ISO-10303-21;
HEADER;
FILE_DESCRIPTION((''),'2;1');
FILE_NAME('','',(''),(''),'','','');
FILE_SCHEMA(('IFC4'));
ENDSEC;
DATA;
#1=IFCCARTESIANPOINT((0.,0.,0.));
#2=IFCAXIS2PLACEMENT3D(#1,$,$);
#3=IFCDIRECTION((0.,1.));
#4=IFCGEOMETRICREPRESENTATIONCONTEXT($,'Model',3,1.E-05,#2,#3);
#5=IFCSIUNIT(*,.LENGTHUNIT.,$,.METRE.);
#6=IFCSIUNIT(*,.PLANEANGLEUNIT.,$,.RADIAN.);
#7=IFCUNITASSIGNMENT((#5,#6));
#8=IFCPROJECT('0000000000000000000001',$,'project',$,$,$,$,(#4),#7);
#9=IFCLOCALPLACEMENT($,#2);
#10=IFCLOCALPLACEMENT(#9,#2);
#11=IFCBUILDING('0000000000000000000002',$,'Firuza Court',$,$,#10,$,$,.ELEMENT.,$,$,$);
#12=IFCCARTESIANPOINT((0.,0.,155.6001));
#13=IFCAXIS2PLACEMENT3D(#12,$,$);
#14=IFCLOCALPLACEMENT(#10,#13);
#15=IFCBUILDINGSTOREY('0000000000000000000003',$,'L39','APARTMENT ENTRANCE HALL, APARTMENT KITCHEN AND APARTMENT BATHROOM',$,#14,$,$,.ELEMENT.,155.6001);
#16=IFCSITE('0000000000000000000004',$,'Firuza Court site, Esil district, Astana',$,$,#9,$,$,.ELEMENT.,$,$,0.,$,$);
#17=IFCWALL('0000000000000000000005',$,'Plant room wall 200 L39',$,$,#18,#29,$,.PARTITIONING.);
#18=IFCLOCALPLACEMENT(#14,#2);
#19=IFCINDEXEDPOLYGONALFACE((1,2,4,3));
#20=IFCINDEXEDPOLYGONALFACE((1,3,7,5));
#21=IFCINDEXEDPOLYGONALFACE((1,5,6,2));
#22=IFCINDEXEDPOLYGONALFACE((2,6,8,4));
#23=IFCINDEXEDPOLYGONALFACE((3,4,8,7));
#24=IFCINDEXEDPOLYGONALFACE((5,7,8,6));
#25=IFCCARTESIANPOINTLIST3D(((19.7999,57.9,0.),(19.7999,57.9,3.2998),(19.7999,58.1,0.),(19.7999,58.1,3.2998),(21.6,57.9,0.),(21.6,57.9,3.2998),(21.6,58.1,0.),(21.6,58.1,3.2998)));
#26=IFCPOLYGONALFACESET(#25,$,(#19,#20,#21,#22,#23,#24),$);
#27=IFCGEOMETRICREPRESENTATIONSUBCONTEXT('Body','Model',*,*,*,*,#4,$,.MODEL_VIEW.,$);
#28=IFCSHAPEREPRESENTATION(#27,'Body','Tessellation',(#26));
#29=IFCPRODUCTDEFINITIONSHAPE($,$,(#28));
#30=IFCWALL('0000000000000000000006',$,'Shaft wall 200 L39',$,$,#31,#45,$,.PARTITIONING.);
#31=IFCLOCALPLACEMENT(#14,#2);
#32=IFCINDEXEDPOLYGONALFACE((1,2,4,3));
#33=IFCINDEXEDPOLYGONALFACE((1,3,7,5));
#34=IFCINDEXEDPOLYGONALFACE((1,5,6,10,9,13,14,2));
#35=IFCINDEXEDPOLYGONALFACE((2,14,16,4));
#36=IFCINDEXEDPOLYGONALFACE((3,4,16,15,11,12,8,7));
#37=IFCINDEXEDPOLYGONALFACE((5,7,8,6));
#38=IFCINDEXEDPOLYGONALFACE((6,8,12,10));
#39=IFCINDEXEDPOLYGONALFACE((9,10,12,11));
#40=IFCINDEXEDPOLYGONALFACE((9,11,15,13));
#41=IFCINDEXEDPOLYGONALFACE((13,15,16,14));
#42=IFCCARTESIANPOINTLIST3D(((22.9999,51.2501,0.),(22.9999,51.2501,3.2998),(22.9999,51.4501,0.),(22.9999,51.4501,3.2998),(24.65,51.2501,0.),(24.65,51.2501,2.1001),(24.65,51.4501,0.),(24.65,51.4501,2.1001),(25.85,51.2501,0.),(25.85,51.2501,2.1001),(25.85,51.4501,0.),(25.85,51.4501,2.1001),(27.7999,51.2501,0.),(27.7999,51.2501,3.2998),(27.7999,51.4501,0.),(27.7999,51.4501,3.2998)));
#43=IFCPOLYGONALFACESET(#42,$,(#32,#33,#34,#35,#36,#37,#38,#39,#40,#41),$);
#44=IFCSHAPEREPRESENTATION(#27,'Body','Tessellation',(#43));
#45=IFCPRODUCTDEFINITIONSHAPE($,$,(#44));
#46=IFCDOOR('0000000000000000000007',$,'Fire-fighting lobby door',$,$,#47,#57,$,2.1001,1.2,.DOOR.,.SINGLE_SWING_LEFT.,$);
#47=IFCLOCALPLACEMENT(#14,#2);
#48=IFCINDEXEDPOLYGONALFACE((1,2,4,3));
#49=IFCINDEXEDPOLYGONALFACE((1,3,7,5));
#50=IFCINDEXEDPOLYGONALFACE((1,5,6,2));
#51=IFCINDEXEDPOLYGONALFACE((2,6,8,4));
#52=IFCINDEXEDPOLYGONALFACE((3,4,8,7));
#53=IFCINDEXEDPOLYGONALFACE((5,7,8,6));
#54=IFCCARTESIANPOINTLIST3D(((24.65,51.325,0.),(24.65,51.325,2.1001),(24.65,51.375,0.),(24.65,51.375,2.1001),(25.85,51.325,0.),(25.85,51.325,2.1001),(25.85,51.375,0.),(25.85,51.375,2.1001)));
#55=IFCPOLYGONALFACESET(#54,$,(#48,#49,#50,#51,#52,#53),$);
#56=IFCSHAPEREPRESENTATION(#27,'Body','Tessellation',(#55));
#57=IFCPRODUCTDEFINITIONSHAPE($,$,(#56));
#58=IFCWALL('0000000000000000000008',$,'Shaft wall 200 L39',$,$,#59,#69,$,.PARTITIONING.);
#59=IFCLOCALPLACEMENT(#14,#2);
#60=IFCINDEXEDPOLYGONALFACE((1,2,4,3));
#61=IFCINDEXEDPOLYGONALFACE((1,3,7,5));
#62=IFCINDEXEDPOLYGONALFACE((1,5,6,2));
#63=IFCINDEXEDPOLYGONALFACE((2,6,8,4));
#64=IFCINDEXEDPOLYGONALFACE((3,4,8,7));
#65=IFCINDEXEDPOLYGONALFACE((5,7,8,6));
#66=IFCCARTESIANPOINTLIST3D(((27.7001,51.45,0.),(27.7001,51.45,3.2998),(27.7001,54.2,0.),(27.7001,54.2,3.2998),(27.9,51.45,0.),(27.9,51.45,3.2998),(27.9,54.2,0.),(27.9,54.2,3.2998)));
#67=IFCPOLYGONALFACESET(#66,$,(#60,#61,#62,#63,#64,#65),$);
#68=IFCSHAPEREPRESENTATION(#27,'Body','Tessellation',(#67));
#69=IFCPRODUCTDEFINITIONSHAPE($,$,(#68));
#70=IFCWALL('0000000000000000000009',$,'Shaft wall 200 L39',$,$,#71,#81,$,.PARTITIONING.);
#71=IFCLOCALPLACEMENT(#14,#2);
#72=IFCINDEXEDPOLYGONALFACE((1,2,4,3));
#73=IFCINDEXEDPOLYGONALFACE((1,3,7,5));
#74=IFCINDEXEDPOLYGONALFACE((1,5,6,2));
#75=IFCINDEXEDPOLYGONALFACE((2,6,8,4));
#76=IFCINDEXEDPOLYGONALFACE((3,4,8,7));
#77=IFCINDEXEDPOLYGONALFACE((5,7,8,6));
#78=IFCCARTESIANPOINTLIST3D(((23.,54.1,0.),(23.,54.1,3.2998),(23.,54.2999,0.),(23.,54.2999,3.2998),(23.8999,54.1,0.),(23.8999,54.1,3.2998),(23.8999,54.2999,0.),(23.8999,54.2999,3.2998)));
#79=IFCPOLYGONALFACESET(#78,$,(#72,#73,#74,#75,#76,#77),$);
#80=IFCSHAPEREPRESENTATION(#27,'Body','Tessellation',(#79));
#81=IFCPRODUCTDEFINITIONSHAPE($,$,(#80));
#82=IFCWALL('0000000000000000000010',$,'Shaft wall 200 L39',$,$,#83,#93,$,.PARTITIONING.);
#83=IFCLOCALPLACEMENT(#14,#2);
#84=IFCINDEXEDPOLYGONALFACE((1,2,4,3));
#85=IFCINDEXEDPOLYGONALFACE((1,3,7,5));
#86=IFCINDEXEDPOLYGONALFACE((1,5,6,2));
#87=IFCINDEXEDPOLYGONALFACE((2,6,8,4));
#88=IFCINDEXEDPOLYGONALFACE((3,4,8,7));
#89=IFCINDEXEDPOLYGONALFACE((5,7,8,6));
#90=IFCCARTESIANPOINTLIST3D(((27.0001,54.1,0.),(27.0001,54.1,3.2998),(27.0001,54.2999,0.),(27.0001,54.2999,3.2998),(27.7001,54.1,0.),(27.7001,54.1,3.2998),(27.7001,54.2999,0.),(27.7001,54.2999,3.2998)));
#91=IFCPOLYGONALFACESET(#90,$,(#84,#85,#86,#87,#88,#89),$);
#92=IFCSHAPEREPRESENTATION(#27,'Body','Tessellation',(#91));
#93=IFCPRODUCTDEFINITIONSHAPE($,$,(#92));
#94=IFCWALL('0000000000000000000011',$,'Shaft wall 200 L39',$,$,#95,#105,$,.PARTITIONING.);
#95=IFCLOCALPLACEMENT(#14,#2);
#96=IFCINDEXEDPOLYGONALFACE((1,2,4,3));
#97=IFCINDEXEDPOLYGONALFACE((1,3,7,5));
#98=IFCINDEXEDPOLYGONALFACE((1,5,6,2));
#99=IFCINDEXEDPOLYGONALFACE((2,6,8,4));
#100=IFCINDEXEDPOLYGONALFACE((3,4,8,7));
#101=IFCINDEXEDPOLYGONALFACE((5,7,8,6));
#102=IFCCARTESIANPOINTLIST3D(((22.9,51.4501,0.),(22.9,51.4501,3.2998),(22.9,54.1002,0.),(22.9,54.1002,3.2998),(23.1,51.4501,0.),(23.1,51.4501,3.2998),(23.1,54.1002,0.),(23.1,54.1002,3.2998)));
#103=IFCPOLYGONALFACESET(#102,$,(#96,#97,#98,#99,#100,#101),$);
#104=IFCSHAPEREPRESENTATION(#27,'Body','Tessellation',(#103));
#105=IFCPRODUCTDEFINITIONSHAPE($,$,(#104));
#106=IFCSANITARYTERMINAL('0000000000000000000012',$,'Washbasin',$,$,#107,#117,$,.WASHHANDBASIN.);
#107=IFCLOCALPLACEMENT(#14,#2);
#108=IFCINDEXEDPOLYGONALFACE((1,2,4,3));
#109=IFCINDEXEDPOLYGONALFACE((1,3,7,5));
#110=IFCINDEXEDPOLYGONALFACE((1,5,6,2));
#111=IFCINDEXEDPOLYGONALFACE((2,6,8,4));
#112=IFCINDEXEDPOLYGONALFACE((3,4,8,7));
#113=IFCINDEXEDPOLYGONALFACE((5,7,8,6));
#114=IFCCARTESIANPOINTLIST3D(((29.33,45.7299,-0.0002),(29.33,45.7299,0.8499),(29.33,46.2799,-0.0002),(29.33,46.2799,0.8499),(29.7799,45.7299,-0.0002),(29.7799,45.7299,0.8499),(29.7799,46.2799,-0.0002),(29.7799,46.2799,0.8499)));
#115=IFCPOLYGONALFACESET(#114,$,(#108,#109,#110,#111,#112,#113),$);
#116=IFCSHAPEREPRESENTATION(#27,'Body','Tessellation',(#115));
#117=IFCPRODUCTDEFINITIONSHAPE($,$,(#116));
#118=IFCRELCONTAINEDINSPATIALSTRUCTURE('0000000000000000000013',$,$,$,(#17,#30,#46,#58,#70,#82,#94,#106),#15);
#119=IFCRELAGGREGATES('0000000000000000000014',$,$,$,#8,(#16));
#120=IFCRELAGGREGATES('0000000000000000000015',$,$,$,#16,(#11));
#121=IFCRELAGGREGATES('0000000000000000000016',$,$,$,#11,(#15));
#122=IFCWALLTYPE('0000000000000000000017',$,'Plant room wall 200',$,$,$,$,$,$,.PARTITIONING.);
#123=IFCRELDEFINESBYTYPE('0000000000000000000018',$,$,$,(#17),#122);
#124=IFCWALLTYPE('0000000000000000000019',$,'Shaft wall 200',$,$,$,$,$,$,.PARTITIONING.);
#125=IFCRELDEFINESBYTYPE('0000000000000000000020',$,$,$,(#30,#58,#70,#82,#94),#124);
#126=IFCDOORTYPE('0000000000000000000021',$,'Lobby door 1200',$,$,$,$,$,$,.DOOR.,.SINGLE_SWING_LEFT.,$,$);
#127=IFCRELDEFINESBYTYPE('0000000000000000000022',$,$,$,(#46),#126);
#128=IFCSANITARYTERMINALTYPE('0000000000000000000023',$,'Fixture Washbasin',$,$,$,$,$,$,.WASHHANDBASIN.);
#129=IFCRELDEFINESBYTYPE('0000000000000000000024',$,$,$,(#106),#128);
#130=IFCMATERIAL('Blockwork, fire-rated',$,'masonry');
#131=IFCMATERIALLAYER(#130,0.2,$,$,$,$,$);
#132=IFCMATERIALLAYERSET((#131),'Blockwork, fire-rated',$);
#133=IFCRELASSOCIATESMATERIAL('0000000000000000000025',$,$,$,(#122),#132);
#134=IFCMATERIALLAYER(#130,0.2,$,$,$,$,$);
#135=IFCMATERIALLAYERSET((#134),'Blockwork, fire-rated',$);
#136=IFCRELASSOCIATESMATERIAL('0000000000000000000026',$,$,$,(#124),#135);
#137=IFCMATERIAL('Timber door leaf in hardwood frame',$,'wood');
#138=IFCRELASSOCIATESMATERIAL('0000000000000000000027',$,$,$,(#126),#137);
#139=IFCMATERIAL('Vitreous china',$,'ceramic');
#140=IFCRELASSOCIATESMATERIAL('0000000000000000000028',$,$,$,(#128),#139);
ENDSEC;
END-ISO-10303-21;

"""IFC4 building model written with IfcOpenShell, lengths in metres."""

from ifc_helpers import new_model, si_unit, direction, frame, frame_2d, origin, origin_2d, place, context, subcontext, project, spatial, rectangle, extrude, material, layer, layer_set, type_object, element, fill, save


model = new_model("IFC4")

# Units and contexts
model_context = context("Model", 3, precision=1e-05, world=origin(), true_north=direction((0.0, 1.0)))
body_context = subcontext(model_context, "Body", "Model", "MODEL_VIEW")
ifc_project = project(units=[si_unit("LENGTHUNIT", "METRE"), si_unit("PLANEANGLEUNIT", "RADIAN")], contexts=[model_context])

# Site, building, storey
site_placement = place(None, origin())
site = spatial("IfcSite", under=ifc_project, at=site_placement, Name="Firuza Court site, Esil district, Astana", CompositionType="ELEMENT", RefElevation=0.0)
building_placement = place(site_placement, origin())
building = spatial("IfcBuilding", under=site, at=building_placement, Name="Firuza Court", CompositionType="ELEMENT")
storey_placement = place(building_placement, frame((0.0, 0.0, 155.6001)))
storey = spatial("IfcBuildingStorey", under=building, at=storey_placement, Name="L39", Description="APARTMENT ENTRANCE HALL, APARTMENT KITCHEN AND APARTMENT BATHROOM", CompositionType="ELEMENT", Elevation=155.6001)

# Shared definitions
ifc_material_1 = material(Name="Blockwork, fire-rated", Category="masonry")
ifc_layer_1 = layer(ifc_material_1, 0.2)
ifc_layer_set_1 = layer_set([ifc_layer_1], Name="Blockwork, fire-rated")
wall_type_1 = type_object("IfcWallType", Name="Plant room wall 200", PredefinedType="PARTITIONING", material=ifc_layer_set_1)

# Wall
wall_1_placement = place(storey_placement, frame((19.8, 58.0, 0.0), z_axis=(0.0, 0.0, 1.0), x_axis=(1.0, 0.0, 0.0)))
element("IfcWall", 1, at=wall_1_placement, inside=storey, type_object=wall_type_1, Name="Plant room wall 200 L39", PredefinedType="PARTITIONING", context=body_context, shape_type="SweptSolid", body=[
    extrude(rectangle(XDim=1.8, YDim=0.2, at=frame_2d((0.8999, 0.0))), origin(), (0.0, 0.0, 1.0), 3.2998),
])

# Wall, opening, door
ifc_layer_2 = layer(ifc_material_1, 0.2)
ifc_layer_set_2 = layer_set([ifc_layer_2], Name="Blockwork, fire-rated")
wall_type_2 = type_object("IfcWallType", Name="Shaft wall 200", PredefinedType="PARTITIONING", material=ifc_layer_set_2)
wall_2_placement = place(storey_placement, frame((23.0, 51.3501, 0.0), z_axis=(0.0, 0.0, 1.0), x_axis=(1.0, 0.0, 0.0)))
wall_2 = element("IfcWall", 2, at=wall_2_placement, inside=storey, type_object=wall_type_2, Name="Shaft wall 200 L39", PredefinedType="PARTITIONING", context=body_context, shape_type="SweptSolid", body=[
    extrude(rectangle(XDim=4.8, YDim=0.2, at=frame_2d((2.3999, 0.0))), origin(), (0.0, 0.0, 1.0), 3.2998),
])
opening_1_placement = place(wall_2_placement, frame((1.6499, 0.0, 0.0)))
opening_1 = element("IfcOpeningElement", 3, at=opening_1_placement, cuts=wall_2, PredefinedType="OPENING", context=body_context, shape_type="SweptSolid", body=[
    extrude(rectangle(XDim=1.2, YDim=2.1001, at=frame_2d((0.6001, 1.05))), frame((0.0, 0.1118, 0.0), z_axis=(0.0, -1.0, 0.0), x_axis=(1.0, 0.0, 0.0)), (0.0, 0.0, 1.0), 0.2239),
])
ifc_material_2 = material(Name="Timber door leaf in hardwood frame", Category="wood")
door_type_1 = type_object("IfcDoorType", Name="Lobby door 1200", OperationType="SINGLE_SWING_LEFT", PredefinedType="DOOR", material=ifc_material_2)
door_1_placement = place(opening_1_placement, origin())
door_1 = element("IfcDoor", 4, at=door_1_placement, inside=storey, type_object=door_type_1, Name="Fire-fighting lobby door", OperationType="SINGLE_SWING_LEFT", OverallHeight=2.1001, OverallWidth=1.2, PredefinedType="DOOR", context=body_context, shape_type="SweptSolid", body=[
    extrude(rectangle(XDim=1.2, YDim=2.1001, at=frame_2d((0.6001, 1.05))), frame((0.0, 0.0249, 0.0), z_axis=(0.0, -1.0, 0.0), x_axis=(1.0, 0.0, 0.0)), (0.0, 0.0, 1.0), 0.05),
])
fill(opening_1, door_1)

# Walls
wall_3_placement = place(storey_placement, frame((27.8, 51.45, 0.0), z_axis=(0.0, 0.0, 1.0), x_axis=(0.0, 1.0, 0.0)))
element("IfcWall", 5, at=wall_3_placement, inside=storey, type_object=wall_type_2, Name="Shaft wall 200 L39", PredefinedType="PARTITIONING", context=body_context, shape_type="SweptSolid", body=[
    extrude(rectangle(XDim=2.75, YDim=0.2, at=frame_2d((1.375, 0.0))), origin(), (0.0, 0.0, 1.0), 3.2998),
])
wall_4_placement = place(storey_placement, frame((23.0, 54.2, 0.0), z_axis=(0.0, 0.0, 1.0), x_axis=(1.0, 0.0, 0.0)))
element("IfcWall", 6, at=wall_4_placement, inside=storey, type_object=wall_type_2, Name="Shaft wall 200 L39", PredefinedType="PARTITIONING", context=body_context, shape_type="SweptSolid", body=[
    extrude(rectangle(XDim=0.8999, YDim=0.2, at=frame_2d((0.45, 0.0))), origin(), (0.0, 0.0, 1.0), 3.2998),
])
wall_5_placement = place(storey_placement, frame((27.0, 54.2, 0.0), z_axis=(0.0, 0.0, 1.0), x_axis=(1.0, 0.0, 0.0)))
element("IfcWall", 7, at=wall_5_placement, inside=storey, type_object=wall_type_2, Name="Shaft wall 200 L39", PredefinedType="PARTITIONING", context=body_context, shape_type="SweptSolid", body=[
    extrude(rectangle(XDim=0.7, YDim=0.2, at=frame_2d((0.3501, 0.0))), origin(), (0.0, 0.0, 1.0), 3.2998),
])
wall_6_placement = place(storey_placement, frame((23.0, 51.45, 0.0), z_axis=(0.0, 0.0, 1.0), x_axis=(0.0, 1.0, 0.0)))
element("IfcWall", 8, at=wall_6_placement, inside=storey, type_object=wall_type_2, Name="Shaft wall 200 L39", PredefinedType="PARTITIONING", context=body_context, shape_type="SweptSolid", body=[
    extrude(rectangle(XDim=2.6501, YDim=0.2, at=frame_2d((1.3252, 0.0))), origin(), (0.0, 0.0, 1.0), 3.2998),
])

# Sanitary terminal
ifc_material_3 = material(Name="Vitreous china", Category="ceramic")
sanitary_terminal_type = type_object("IfcSanitaryTerminalType", Name="Fixture Washbasin", PredefinedType="WASHHANDBASIN", material=ifc_material_3)
sanitary_terminal_placement = place(storey_placement, frame((29.5549, 46.0049, -0.0002), z_axis=(0.0, 0.0, 1.0), x_axis=(1.0, 0.0, 0.0)))
element("IfcSanitaryTerminal", 9, at=sanitary_terminal_placement, inside=storey, type_object=sanitary_terminal_type, Name="Washbasin", PredefinedType="WASHHANDBASIN", context=body_context, shape_type="SweptSolid", body=[
    extrude(rectangle(XDim=0.45, YDim=0.55, at=origin_2d()), origin(), (0.0, 0.0, 1.0), 0.8501),
])

save(model, "model.ifc")
